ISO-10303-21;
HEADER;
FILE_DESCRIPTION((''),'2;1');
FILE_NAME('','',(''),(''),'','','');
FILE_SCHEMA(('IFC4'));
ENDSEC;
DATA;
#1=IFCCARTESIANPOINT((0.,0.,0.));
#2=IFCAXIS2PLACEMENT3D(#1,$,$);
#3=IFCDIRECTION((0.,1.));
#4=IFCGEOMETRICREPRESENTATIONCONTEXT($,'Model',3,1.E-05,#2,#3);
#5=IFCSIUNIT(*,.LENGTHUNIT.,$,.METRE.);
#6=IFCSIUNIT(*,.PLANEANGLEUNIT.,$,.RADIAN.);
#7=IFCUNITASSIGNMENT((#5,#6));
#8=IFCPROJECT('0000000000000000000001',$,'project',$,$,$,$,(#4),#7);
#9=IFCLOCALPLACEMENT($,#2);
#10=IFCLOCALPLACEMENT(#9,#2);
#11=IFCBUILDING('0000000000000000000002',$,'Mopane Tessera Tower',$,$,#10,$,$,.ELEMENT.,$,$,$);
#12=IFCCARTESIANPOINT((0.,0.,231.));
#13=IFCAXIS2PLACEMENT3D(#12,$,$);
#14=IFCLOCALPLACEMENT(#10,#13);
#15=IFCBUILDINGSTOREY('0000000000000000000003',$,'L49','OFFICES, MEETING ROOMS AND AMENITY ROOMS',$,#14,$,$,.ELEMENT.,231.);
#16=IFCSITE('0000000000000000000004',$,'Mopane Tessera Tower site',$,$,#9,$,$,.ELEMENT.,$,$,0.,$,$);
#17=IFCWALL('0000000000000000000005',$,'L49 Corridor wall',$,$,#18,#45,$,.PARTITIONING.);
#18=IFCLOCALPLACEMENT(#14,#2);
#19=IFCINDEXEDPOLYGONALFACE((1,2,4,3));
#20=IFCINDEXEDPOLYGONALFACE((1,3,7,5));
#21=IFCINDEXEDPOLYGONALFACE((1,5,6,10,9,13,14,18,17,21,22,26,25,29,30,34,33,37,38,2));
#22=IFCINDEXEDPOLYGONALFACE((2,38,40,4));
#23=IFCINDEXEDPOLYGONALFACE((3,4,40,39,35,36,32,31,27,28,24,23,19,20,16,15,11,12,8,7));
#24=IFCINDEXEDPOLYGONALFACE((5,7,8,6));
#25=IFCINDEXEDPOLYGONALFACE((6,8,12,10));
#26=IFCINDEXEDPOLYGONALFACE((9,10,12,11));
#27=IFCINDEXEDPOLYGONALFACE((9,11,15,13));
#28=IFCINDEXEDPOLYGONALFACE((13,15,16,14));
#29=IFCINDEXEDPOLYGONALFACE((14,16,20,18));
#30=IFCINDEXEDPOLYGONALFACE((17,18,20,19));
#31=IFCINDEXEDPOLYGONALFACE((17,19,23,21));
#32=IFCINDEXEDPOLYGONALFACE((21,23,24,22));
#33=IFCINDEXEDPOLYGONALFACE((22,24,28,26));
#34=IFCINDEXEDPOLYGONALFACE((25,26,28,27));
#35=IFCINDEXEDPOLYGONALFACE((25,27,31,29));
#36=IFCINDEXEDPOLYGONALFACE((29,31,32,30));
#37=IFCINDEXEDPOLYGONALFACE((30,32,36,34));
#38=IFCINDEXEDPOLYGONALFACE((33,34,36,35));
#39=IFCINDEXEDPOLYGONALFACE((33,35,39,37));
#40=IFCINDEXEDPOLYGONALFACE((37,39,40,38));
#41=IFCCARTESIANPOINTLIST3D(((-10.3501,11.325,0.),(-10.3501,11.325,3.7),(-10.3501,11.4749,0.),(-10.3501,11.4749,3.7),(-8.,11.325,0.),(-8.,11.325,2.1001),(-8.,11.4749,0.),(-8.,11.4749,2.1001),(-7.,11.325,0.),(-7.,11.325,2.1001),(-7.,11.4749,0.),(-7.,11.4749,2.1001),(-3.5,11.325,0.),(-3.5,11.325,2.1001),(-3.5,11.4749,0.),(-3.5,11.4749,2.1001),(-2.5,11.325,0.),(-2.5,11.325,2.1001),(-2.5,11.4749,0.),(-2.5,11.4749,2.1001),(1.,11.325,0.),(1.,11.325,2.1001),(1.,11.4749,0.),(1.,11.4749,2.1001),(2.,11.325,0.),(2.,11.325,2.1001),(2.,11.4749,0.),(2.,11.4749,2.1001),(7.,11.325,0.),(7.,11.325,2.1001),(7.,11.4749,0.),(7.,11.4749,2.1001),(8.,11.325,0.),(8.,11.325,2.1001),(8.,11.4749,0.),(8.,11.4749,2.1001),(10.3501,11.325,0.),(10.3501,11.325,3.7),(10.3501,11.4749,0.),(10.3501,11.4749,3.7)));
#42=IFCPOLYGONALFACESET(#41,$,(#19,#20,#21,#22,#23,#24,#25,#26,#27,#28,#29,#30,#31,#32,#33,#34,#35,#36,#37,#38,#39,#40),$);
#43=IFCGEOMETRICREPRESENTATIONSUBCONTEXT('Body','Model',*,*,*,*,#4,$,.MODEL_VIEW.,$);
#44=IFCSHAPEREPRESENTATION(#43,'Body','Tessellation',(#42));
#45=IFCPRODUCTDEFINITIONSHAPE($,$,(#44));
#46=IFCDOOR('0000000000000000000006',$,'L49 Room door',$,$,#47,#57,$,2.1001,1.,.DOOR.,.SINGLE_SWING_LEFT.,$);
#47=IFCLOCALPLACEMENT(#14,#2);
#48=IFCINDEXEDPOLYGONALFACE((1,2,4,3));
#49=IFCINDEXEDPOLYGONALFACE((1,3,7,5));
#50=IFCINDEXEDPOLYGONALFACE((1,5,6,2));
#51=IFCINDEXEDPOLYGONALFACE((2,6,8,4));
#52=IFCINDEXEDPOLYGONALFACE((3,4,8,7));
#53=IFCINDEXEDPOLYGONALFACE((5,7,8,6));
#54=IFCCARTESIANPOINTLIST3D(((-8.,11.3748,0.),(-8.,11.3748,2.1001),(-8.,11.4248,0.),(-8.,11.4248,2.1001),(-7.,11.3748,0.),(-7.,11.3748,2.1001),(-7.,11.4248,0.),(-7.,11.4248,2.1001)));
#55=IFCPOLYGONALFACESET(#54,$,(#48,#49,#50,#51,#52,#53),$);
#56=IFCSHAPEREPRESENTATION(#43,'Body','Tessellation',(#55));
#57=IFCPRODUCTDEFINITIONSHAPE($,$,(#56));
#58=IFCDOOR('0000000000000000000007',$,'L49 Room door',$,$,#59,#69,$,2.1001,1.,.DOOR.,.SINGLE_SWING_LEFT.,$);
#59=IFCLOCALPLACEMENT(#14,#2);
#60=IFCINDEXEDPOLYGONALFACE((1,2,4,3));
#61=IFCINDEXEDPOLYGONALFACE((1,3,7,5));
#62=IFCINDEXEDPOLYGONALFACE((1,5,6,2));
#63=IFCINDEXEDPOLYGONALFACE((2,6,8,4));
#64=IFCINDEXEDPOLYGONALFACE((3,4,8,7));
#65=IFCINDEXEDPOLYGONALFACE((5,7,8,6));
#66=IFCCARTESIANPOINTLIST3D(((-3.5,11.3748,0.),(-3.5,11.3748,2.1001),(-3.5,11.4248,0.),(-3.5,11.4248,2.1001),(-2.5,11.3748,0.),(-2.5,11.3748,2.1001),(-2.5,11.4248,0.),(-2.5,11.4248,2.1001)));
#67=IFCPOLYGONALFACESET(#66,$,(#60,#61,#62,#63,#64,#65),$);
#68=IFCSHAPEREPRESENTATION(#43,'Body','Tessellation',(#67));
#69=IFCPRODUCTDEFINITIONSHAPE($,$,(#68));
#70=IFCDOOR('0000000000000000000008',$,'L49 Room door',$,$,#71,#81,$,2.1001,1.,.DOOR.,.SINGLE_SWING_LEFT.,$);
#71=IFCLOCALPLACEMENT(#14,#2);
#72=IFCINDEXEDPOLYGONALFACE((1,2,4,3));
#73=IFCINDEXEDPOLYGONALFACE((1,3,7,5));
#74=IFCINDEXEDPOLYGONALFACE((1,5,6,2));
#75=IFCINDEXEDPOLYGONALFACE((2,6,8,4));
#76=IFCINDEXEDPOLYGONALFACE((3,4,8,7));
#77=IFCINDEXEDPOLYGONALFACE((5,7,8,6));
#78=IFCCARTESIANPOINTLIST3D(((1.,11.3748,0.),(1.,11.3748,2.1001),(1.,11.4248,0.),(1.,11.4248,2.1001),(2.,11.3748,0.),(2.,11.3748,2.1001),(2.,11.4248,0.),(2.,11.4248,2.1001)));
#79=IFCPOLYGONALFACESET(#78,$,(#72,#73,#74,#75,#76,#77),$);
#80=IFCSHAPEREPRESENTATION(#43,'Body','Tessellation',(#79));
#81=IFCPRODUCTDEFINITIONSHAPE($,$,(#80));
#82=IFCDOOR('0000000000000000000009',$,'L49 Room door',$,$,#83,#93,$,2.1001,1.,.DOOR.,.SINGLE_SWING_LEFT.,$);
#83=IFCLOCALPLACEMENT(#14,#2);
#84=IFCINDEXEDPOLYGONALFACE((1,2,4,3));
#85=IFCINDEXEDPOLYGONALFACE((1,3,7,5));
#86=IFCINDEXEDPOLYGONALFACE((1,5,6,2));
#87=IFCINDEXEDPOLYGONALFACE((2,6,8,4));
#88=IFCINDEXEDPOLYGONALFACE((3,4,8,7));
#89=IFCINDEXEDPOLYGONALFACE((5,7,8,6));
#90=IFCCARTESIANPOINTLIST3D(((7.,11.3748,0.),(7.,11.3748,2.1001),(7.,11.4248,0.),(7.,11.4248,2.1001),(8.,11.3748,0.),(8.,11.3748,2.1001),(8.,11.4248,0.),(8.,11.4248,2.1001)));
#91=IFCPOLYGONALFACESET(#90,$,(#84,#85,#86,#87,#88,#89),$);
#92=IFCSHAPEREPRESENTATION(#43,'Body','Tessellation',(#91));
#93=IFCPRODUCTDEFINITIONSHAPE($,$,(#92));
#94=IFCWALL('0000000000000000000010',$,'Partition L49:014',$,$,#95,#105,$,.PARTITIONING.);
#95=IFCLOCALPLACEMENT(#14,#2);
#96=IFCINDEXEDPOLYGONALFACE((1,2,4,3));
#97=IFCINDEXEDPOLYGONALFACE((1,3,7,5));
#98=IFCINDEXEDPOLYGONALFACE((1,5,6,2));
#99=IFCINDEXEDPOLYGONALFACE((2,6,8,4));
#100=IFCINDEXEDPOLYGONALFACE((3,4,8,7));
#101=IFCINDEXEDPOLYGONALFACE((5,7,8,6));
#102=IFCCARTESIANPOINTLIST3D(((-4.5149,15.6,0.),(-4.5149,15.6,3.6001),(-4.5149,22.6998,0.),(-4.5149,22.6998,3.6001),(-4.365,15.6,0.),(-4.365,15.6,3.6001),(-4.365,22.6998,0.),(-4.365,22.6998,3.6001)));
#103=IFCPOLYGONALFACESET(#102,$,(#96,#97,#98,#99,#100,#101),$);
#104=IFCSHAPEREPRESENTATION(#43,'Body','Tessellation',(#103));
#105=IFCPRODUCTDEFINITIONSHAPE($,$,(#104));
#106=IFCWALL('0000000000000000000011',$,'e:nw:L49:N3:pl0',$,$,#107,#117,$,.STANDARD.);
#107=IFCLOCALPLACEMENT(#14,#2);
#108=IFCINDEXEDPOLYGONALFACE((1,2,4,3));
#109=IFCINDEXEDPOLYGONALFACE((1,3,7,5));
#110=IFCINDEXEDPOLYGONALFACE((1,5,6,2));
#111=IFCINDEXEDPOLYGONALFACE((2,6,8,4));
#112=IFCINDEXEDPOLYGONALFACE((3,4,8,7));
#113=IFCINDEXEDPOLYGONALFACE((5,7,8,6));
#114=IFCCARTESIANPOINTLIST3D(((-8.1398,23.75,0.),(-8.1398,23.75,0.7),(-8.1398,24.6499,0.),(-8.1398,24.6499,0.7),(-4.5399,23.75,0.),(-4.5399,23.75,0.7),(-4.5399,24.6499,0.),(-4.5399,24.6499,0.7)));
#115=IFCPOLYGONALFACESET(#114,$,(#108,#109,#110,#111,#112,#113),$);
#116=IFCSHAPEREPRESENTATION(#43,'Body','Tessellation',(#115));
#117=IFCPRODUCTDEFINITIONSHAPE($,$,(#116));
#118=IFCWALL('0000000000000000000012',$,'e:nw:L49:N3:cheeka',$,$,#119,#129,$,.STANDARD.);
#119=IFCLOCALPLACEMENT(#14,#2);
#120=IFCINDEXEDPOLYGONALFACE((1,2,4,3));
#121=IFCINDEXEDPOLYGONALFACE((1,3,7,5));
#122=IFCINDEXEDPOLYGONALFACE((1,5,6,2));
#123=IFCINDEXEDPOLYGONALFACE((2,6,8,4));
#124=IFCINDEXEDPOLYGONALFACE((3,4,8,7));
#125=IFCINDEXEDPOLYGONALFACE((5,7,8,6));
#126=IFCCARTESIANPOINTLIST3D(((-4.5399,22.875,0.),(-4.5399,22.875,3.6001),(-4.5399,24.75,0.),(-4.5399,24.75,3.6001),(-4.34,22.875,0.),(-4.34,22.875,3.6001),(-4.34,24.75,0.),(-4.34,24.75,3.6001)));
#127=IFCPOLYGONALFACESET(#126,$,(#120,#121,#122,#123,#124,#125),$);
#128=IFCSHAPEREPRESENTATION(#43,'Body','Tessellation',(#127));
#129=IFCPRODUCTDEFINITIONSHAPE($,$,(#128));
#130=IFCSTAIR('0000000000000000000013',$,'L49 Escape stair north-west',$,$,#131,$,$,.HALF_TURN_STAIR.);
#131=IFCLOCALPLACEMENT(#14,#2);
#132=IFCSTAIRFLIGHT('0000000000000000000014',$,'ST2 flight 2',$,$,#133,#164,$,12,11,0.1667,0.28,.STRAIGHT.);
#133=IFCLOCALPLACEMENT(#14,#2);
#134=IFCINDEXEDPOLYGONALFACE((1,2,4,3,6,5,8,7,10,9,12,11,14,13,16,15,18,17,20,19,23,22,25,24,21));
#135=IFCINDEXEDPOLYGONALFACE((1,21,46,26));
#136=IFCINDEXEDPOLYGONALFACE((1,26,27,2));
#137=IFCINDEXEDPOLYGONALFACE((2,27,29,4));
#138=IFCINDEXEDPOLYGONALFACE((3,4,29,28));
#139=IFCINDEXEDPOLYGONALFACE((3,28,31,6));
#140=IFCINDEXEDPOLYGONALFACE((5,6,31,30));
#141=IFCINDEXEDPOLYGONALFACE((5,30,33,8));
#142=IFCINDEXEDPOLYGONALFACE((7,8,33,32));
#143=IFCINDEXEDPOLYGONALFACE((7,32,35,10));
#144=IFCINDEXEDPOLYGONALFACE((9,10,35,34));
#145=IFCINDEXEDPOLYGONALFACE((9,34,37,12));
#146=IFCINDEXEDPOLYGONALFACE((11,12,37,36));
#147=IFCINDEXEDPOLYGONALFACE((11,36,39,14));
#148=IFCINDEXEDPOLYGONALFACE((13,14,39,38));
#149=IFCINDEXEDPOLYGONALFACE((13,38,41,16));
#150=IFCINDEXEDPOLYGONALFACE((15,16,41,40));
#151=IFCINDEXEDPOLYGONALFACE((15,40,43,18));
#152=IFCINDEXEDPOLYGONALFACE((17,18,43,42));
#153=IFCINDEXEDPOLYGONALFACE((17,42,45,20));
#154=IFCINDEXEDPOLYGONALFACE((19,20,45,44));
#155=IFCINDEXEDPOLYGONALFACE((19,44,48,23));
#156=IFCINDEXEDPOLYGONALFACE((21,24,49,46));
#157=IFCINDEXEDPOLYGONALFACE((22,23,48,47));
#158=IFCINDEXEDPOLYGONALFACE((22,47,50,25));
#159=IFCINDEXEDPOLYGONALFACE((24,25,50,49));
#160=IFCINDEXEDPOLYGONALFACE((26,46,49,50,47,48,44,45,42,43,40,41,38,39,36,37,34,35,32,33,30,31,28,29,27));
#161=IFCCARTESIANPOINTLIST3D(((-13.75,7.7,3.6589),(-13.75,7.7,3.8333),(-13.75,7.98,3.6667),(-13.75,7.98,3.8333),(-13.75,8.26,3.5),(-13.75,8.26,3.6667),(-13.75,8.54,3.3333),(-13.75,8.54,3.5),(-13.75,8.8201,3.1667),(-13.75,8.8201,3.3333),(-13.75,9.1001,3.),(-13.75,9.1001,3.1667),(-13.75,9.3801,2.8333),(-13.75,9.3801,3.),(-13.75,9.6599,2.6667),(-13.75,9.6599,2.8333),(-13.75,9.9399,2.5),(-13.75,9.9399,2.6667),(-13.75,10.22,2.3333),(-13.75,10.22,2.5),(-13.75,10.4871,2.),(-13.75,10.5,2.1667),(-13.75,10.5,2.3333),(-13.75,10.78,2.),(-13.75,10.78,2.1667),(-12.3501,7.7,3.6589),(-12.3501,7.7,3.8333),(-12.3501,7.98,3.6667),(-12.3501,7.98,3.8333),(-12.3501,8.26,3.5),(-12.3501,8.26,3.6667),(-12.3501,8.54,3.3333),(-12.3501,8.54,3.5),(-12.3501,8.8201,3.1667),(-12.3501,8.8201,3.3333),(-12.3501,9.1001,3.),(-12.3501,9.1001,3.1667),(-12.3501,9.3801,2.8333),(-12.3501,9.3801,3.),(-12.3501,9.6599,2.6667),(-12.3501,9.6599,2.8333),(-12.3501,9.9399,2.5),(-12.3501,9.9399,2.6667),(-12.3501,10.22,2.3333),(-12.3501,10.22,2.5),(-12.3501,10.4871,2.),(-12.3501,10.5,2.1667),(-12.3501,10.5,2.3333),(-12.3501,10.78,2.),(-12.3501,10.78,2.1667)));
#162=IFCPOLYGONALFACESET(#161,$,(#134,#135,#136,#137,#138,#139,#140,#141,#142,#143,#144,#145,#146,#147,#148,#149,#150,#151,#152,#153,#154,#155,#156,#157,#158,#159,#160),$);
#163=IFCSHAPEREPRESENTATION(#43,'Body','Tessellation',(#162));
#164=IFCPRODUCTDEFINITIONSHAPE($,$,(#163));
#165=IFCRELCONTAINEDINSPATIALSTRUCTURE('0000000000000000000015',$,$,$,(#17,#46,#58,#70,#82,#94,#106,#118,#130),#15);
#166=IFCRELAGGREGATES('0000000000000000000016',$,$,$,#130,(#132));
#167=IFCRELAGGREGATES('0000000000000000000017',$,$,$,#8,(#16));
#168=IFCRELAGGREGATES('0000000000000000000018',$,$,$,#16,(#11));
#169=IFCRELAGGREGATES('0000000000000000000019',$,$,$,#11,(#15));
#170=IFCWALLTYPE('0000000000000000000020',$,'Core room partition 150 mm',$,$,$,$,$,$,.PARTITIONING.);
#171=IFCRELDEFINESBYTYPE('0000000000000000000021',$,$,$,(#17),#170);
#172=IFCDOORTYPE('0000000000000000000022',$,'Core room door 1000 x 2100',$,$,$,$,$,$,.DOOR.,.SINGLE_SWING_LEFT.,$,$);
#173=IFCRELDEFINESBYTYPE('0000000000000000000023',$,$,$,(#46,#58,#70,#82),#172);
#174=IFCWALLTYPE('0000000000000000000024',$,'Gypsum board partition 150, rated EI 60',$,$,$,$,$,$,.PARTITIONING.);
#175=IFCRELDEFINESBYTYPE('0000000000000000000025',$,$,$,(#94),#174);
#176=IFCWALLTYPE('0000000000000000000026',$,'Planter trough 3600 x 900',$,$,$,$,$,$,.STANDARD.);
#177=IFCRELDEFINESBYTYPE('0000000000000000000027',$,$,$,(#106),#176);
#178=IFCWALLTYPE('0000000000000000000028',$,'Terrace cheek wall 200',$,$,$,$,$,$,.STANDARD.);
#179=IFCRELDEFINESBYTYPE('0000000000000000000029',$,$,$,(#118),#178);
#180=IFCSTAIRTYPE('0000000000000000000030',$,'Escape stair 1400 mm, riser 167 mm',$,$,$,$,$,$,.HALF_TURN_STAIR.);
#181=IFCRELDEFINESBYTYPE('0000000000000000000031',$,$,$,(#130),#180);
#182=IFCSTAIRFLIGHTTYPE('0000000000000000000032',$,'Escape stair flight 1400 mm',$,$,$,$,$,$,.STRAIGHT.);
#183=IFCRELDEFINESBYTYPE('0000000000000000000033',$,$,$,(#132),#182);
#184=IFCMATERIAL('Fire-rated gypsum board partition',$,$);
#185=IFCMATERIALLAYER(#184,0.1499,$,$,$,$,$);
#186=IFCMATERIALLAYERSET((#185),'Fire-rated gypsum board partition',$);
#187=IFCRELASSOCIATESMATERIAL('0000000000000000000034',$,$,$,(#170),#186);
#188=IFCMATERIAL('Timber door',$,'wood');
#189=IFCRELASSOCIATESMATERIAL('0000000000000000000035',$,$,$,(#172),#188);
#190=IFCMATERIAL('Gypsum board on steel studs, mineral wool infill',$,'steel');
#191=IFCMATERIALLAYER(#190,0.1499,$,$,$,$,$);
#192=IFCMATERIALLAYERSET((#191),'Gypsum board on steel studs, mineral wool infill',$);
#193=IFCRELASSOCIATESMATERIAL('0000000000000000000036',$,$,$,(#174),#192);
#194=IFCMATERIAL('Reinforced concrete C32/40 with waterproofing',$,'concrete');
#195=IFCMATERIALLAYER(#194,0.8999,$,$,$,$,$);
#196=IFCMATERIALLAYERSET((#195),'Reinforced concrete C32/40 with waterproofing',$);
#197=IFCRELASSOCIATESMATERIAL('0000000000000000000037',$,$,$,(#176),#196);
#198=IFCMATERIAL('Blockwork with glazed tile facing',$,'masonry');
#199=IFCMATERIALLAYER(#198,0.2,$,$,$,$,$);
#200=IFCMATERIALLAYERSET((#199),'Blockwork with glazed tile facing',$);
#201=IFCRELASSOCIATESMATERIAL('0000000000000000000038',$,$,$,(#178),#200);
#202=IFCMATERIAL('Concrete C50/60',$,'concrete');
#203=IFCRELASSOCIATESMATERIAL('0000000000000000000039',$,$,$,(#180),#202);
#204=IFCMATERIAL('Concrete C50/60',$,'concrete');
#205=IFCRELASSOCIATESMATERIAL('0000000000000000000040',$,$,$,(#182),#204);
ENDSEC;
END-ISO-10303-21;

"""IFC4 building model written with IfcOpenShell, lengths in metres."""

from ifc_helpers import new_model, si_unit, direction, frame, frame_2d, origin, place, context, subcontext, project, spatial, polyline, rectangle, outline, extrude, material, layer, layer_set, type_object, element, fill, aggregate, save


model = new_model("IFC4")

# Units and contexts
model_context = context("Model", 3, precision=1e-05, world=origin(), true_north=direction((0.0, 1.0)))
body_context = subcontext(model_context, "Body", "Model", "MODEL_VIEW")
ifc_project = project(units=[si_unit("LENGTHUNIT", "METRE"), si_unit("PLANEANGLEUNIT", "RADIAN")], contexts=[model_context])

# Site, building, storey
site_placement = place(None, origin())
site = spatial("IfcSite", under=ifc_project, at=site_placement, Name="Mopane Tessera Tower site", CompositionType="ELEMENT", RefElevation=0.0)
building_placement = place(site_placement, origin())
building = spatial("IfcBuilding", under=site, at=building_placement, Name="Mopane Tessera Tower", CompositionType="ELEMENT")
storey_placement = place(building_placement, frame((0.0, 0.0, 231.0)))
storey = spatial("IfcBuildingStorey", under=building, at=storey_placement, Name="L49", Description="OFFICES, MEETING ROOMS AND AMENITY ROOMS", CompositionType="ELEMENT", Elevation=231.0)

# Shared definitions
ifc_material_1 = material(Name="Fire-rated gypsum board partition")
ifc_layer_1 = layer(ifc_material_1, 0.1499)
ifc_layer_set_1 = layer_set([ifc_layer_1], Name="Fire-rated gypsum board partition")
wall_type_1 = type_object("IfcWallType", Name="Core room partition 150 mm", PredefinedType="PARTITIONING", material=ifc_layer_set_1)

# Wall, openings, doors
wall_1_placement = place(storey_placement, frame((-10.3501, 11.3999, 0.0), z_axis=(0.0, 0.0, 1.0), x_axis=(1.0, 0.0, 0.0)))
wall_1 = element("IfcWall", 1, at=wall_1_placement, inside=storey, type_object=wall_type_1, Name="L49 Corridor wall", PredefinedType="PARTITIONING", context=body_context, shape_type="SweptSolid", body=[
    extrude(rectangle(XDim=20.7002, YDim=0.1499, at=frame_2d((10.3501, 0.0))), origin(), (0.0, 0.0, 1.0), 3.7),
])
opening_1_placement = place(wall_1_placement, frame((2.3501, 0.0, 0.0)))
opening_1 = element("IfcOpeningElement", 2, at=opening_1_placement, cuts=wall_1, PredefinedType="OPENING", context=body_context, shape_type="SweptSolid", body=[
    extrude(rectangle(XDim=1.0, YDim=2.1001, at=frame_2d((0.5, 1.05))), frame((0.0, 0.0869, 0.0), z_axis=(0.0, -1.0, 0.0), x_axis=(1.0, 0.0, 0.0)), (0.0, 0.0, 1.0), 0.1738),
])
opening_2_placement = place(wall_1_placement, frame((6.8501, 0.0, 0.0)))
opening_2 = element("IfcOpeningElement", 3, at=opening_2_placement, cuts=wall_1, PredefinedType="OPENING", context=body_context, shape_type="SweptSolid", body=[
    extrude(rectangle(XDim=1.0, YDim=2.1001, at=frame_2d((0.5, 1.05))), frame((0.0, 0.0869, 0.0), z_axis=(0.0, -1.0, 0.0), x_axis=(1.0, 0.0, 0.0)), (0.0, 0.0, 1.0), 0.1738),
])
opening_3_placement = place(wall_1_placement, frame((11.3501, 0.0, 0.0)))
opening_3 = element("IfcOpeningElement", 4, at=opening_3_placement, cuts=wall_1, PredefinedType="OPENING", context=body_context, shape_type="SweptSolid", body=[
    extrude(rectangle(XDim=1.0, YDim=2.1001, at=frame_2d((0.5, 1.05))), frame((0.0, 0.0869, 0.0), z_axis=(0.0, -1.0, 0.0), x_axis=(1.0, 0.0, 0.0)), (0.0, 0.0, 1.0), 0.1738),
])
opening_4_placement = place(wall_1_placement, frame((17.3501, 0.0, 0.0)))
opening_4 = element("IfcOpeningElement", 5, at=opening_4_placement, cuts=wall_1, PredefinedType="OPENING", context=body_context, shape_type="SweptSolid", body=[
    extrude(rectangle(XDim=1.0, YDim=2.1001, at=frame_2d((0.5, 1.05))), frame((0.0, 0.0869, 0.0), z_axis=(0.0, -1.0, 0.0), x_axis=(1.0, 0.0, 0.0)), (0.0, 0.0, 1.0), 0.1738),
])
ifc_material_2 = material(Name="Timber door", Category="wood")
door_type_1 = type_object("IfcDoorType", Name="Core room door 1000 x 2100", OperationType="SINGLE_SWING_LEFT", PredefinedType="DOOR", material=ifc_material_2)
door_1_placement = place(opening_1_placement, origin())
door_1 = element("IfcDoor", 6, at=door_1_placement, inside=storey, type_object=door_type_1, Name="L49 Room door", OperationType="SINGLE_SWING_LEFT", OverallHeight=2.1001, OverallWidth=1.0, PredefinedType="DOOR", context=body_context, shape_type="SweptSolid", body=[
    extrude(rectangle(XDim=1.0, YDim=2.1001, at=frame_2d((0.5, 1.05))), frame((0.0, 0.0249, 0.0), z_axis=(0.0, -1.0, 0.0), x_axis=(1.0, 0.0, 0.0)), (0.0, 0.0, 1.0), 0.05),
])
fill(opening_1, door_1)
door_2_placement = place(opening_2_placement, origin())
door_2 = element("IfcDoor", 7, at=door_2_placement, inside=storey, type_object=door_type_1, Name="L49 Room door", OperationType="SINGLE_SWING_LEFT", OverallHeight=2.1001, OverallWidth=1.0, PredefinedType="DOOR", context=body_context, shape_type="SweptSolid", body=[
    extrude(rectangle(XDim=1.0, YDim=2.1001, at=frame_2d((0.5, 1.05))), frame((0.0, 0.0249, 0.0), z_axis=(0.0, -1.0, 0.0), x_axis=(1.0, 0.0, 0.0)), (0.0, 0.0, 1.0), 0.05),
])
fill(opening_2, door_2)
door_3_placement = place(opening_3_placement, origin())
door_3 = element("IfcDoor", 8, at=door_3_placement, inside=storey, type_object=door_type_1, Name="L49 Room door", OperationType="SINGLE_SWING_LEFT", OverallHeight=2.1001, OverallWidth=1.0, PredefinedType="DOOR", context=body_context, shape_type="SweptSolid", body=[
    extrude(rectangle(XDim=1.0, YDim=2.1001, at=frame_2d((0.5, 1.05))), frame((0.0, 0.0249, 0.0), z_axis=(0.0, -1.0, 0.0), x_axis=(1.0, 0.0, 0.0)), (0.0, 0.0, 1.0), 0.05),
])
fill(opening_3, door_3)
door_4_placement = place(opening_4_placement, origin())
door_4 = element("IfcDoor", 9, at=door_4_placement, inside=storey, type_object=door_type_1, Name="L49 Room door", OperationType="SINGLE_SWING_LEFT", OverallHeight=2.1001, OverallWidth=1.0, PredefinedType="DOOR", context=body_context, shape_type="SweptSolid", body=[
    extrude(rectangle(XDim=1.0, YDim=2.1001, at=frame_2d((0.5, 1.05))), frame((0.0, 0.0249, 0.0), z_axis=(0.0, -1.0, 0.0), x_axis=(1.0, 0.0, 0.0)), (0.0, 0.0, 1.0), 0.05),
])
fill(opening_4, door_4)

# Walls
ifc_material_3 = material(Name="Gypsum board on steel studs, mineral wool infill", Category="steel")
ifc_layer_2 = layer(ifc_material_3, 0.1499)
ifc_layer_set_2 = layer_set([ifc_layer_2], Name="Gypsum board on steel studs, mineral wool infill")
wall_type_2 = type_object("IfcWallType", Name="Gypsum board partition 150, rated EI 60", PredefinedType="PARTITIONING", material=ifc_layer_set_2)
wall_2_placement = place(storey_placement, frame((-4.4399, 15.6001, 0.0), z_axis=(0.0, 0.0, 1.0), x_axis=(0.0, 1.0, 0.0)))
element("IfcWall", 10, at=wall_2_placement, inside=storey, type_object=wall_type_2, Name="Partition L49:014", PredefinedType="PARTITIONING", context=body_context, shape_type="SweptSolid", body=[
    extrude(rectangle(XDim=7.0999, YDim=0.1499, at=frame_2d((3.5498, 0.0))), origin(), (0.0, 0.0, 1.0), 3.6001),
])
ifc_material_4 = material(Name="Reinforced concrete C32/40 with waterproofing", Category="concrete")
ifc_layer_3 = layer(ifc_material_4, 0.8999)
ifc_layer_set_3 = layer_set([ifc_layer_3], Name="Reinforced concrete C32/40 with waterproofing")
wall_type_3 = type_object("IfcWallType", Name="Planter trough 3600 x 900", PredefinedType="STANDARD", material=ifc_layer_set_3)
wall_3_placement = place(storey_placement, frame((-4.54, 24.2, 0.0), z_axis=(0.0, 0.0, 1.0), x_axis=(-1.0, 0.0, 0.0)))
element("IfcWall", 11, at=wall_3_placement, inside=storey, type_object=wall_type_3, Name="e:nw:L49:N3:pl0", PredefinedType="STANDARD", context=body_context, shape_type="SweptSolid", body=[
    extrude(rectangle(XDim=3.5999, YDim=0.8999, at=frame_2d((1.7998, 0.0))), origin(), (0.0, 0.0, 1.0), 0.7),
])
ifc_material_5 = material(Name="Blockwork with glazed tile facing", Category="masonry")
ifc_layer_4 = layer(ifc_material_5, 0.2)
ifc_layer_set_4 = layer_set([ifc_layer_4], Name="Blockwork with glazed tile facing")
wall_type_4 = type_object("IfcWallType", Name="Terrace cheek wall 200", PredefinedType="STANDARD", material=ifc_layer_set_4)
wall_4_placement = place(storey_placement, frame((-4.4399, 24.75, 0.0), z_axis=(0.0, 0.0, 1.0), x_axis=(0.0, -1.0, 0.0)))
element("IfcWall", 12, at=wall_4_placement, inside=storey, type_object=wall_type_4, Name="e:nw:L49:N3:cheeka", PredefinedType="STANDARD", context=body_context, shape_type="SweptSolid", body=[
    extrude(rectangle(XDim=1.875, YDim=0.2, at=frame_2d((0.9375, 0.0))), origin(), (0.0, 0.0, 1.0), 3.6001),
])

# Stair, stair flight
ifc_material_6 = material(Name="Concrete C50/60", Category="concrete")
stair_type = type_object("IfcStairType", Name="Escape stair 1400 mm, riser 167 mm", PredefinedType="HALF_TURN_STAIR", material=ifc_material_6)
stair_placement = place(storey_placement, origin())
stair = element("IfcStair", 13, at=stair_placement, inside=storey, type_object=stair_type, Name="L49 Escape stair north-west", PredefinedType="HALF_TURN_STAIR")
ifc_material_7 = material(Name="Concrete C50/60", Category="concrete")
stair_flight_type = type_object("IfcStairFlightType", Name="Escape stair flight 1400 mm", PredefinedType="STRAIGHT", material=ifc_material_7)
stair_flight_placement = place(storey_placement, frame((-13.05, 10.78, 2.0), z_axis=(0.0, 0.0, 1.0), x_axis=(0.0, -1.0, 0.0)))
stair_flight = element("IfcStairFlight", 14, at=stair_flight_placement, type_object=stair_flight_type, Name="ST2 flight 2", NumberOfRisers=12, NumberOfTreads=11, PredefinedType="STRAIGHT", RiserHeight=0.1667, TreadLength=0.28, context=body_context, shape_type="SweptSolid", body=[
    extrude(outline(polyline([(0.0, 0.0), (0.0, 0.1667), (0.28, 0.1667), (0.28, 0.3333), (0.5601, 0.3333), (0.5601, 0.5), (0.8401, 0.5), (0.8401, 0.6667), (1.1201, 0.6667), (1.1201, 0.8333), (1.3999, 0.8333), (1.3999, 1.0), (1.6799, 1.0), (1.6799, 1.1667), (1.96, 1.1667), (1.96, 1.3333), (2.24, 1.3333), (2.24, 1.5), (2.52, 1.5), (2.52, 1.6667), (2.8, 1.6667), (2.8, 1.8333), (3.0801, 1.8333), (3.0801, 2.0), (3.0801, 1.6589), (0.293, 0.0), (0.0, 0.0)])), frame((0.0, 0.7, 0.0), z_axis=(0.0, -1.0, 0.0), x_axis=(1.0, 0.0, 0.0)), (0.0, 0.0, 1.0), 1.3999),
])
aggregate(stair, [stair_flight])

save(model, "model.ifc")
